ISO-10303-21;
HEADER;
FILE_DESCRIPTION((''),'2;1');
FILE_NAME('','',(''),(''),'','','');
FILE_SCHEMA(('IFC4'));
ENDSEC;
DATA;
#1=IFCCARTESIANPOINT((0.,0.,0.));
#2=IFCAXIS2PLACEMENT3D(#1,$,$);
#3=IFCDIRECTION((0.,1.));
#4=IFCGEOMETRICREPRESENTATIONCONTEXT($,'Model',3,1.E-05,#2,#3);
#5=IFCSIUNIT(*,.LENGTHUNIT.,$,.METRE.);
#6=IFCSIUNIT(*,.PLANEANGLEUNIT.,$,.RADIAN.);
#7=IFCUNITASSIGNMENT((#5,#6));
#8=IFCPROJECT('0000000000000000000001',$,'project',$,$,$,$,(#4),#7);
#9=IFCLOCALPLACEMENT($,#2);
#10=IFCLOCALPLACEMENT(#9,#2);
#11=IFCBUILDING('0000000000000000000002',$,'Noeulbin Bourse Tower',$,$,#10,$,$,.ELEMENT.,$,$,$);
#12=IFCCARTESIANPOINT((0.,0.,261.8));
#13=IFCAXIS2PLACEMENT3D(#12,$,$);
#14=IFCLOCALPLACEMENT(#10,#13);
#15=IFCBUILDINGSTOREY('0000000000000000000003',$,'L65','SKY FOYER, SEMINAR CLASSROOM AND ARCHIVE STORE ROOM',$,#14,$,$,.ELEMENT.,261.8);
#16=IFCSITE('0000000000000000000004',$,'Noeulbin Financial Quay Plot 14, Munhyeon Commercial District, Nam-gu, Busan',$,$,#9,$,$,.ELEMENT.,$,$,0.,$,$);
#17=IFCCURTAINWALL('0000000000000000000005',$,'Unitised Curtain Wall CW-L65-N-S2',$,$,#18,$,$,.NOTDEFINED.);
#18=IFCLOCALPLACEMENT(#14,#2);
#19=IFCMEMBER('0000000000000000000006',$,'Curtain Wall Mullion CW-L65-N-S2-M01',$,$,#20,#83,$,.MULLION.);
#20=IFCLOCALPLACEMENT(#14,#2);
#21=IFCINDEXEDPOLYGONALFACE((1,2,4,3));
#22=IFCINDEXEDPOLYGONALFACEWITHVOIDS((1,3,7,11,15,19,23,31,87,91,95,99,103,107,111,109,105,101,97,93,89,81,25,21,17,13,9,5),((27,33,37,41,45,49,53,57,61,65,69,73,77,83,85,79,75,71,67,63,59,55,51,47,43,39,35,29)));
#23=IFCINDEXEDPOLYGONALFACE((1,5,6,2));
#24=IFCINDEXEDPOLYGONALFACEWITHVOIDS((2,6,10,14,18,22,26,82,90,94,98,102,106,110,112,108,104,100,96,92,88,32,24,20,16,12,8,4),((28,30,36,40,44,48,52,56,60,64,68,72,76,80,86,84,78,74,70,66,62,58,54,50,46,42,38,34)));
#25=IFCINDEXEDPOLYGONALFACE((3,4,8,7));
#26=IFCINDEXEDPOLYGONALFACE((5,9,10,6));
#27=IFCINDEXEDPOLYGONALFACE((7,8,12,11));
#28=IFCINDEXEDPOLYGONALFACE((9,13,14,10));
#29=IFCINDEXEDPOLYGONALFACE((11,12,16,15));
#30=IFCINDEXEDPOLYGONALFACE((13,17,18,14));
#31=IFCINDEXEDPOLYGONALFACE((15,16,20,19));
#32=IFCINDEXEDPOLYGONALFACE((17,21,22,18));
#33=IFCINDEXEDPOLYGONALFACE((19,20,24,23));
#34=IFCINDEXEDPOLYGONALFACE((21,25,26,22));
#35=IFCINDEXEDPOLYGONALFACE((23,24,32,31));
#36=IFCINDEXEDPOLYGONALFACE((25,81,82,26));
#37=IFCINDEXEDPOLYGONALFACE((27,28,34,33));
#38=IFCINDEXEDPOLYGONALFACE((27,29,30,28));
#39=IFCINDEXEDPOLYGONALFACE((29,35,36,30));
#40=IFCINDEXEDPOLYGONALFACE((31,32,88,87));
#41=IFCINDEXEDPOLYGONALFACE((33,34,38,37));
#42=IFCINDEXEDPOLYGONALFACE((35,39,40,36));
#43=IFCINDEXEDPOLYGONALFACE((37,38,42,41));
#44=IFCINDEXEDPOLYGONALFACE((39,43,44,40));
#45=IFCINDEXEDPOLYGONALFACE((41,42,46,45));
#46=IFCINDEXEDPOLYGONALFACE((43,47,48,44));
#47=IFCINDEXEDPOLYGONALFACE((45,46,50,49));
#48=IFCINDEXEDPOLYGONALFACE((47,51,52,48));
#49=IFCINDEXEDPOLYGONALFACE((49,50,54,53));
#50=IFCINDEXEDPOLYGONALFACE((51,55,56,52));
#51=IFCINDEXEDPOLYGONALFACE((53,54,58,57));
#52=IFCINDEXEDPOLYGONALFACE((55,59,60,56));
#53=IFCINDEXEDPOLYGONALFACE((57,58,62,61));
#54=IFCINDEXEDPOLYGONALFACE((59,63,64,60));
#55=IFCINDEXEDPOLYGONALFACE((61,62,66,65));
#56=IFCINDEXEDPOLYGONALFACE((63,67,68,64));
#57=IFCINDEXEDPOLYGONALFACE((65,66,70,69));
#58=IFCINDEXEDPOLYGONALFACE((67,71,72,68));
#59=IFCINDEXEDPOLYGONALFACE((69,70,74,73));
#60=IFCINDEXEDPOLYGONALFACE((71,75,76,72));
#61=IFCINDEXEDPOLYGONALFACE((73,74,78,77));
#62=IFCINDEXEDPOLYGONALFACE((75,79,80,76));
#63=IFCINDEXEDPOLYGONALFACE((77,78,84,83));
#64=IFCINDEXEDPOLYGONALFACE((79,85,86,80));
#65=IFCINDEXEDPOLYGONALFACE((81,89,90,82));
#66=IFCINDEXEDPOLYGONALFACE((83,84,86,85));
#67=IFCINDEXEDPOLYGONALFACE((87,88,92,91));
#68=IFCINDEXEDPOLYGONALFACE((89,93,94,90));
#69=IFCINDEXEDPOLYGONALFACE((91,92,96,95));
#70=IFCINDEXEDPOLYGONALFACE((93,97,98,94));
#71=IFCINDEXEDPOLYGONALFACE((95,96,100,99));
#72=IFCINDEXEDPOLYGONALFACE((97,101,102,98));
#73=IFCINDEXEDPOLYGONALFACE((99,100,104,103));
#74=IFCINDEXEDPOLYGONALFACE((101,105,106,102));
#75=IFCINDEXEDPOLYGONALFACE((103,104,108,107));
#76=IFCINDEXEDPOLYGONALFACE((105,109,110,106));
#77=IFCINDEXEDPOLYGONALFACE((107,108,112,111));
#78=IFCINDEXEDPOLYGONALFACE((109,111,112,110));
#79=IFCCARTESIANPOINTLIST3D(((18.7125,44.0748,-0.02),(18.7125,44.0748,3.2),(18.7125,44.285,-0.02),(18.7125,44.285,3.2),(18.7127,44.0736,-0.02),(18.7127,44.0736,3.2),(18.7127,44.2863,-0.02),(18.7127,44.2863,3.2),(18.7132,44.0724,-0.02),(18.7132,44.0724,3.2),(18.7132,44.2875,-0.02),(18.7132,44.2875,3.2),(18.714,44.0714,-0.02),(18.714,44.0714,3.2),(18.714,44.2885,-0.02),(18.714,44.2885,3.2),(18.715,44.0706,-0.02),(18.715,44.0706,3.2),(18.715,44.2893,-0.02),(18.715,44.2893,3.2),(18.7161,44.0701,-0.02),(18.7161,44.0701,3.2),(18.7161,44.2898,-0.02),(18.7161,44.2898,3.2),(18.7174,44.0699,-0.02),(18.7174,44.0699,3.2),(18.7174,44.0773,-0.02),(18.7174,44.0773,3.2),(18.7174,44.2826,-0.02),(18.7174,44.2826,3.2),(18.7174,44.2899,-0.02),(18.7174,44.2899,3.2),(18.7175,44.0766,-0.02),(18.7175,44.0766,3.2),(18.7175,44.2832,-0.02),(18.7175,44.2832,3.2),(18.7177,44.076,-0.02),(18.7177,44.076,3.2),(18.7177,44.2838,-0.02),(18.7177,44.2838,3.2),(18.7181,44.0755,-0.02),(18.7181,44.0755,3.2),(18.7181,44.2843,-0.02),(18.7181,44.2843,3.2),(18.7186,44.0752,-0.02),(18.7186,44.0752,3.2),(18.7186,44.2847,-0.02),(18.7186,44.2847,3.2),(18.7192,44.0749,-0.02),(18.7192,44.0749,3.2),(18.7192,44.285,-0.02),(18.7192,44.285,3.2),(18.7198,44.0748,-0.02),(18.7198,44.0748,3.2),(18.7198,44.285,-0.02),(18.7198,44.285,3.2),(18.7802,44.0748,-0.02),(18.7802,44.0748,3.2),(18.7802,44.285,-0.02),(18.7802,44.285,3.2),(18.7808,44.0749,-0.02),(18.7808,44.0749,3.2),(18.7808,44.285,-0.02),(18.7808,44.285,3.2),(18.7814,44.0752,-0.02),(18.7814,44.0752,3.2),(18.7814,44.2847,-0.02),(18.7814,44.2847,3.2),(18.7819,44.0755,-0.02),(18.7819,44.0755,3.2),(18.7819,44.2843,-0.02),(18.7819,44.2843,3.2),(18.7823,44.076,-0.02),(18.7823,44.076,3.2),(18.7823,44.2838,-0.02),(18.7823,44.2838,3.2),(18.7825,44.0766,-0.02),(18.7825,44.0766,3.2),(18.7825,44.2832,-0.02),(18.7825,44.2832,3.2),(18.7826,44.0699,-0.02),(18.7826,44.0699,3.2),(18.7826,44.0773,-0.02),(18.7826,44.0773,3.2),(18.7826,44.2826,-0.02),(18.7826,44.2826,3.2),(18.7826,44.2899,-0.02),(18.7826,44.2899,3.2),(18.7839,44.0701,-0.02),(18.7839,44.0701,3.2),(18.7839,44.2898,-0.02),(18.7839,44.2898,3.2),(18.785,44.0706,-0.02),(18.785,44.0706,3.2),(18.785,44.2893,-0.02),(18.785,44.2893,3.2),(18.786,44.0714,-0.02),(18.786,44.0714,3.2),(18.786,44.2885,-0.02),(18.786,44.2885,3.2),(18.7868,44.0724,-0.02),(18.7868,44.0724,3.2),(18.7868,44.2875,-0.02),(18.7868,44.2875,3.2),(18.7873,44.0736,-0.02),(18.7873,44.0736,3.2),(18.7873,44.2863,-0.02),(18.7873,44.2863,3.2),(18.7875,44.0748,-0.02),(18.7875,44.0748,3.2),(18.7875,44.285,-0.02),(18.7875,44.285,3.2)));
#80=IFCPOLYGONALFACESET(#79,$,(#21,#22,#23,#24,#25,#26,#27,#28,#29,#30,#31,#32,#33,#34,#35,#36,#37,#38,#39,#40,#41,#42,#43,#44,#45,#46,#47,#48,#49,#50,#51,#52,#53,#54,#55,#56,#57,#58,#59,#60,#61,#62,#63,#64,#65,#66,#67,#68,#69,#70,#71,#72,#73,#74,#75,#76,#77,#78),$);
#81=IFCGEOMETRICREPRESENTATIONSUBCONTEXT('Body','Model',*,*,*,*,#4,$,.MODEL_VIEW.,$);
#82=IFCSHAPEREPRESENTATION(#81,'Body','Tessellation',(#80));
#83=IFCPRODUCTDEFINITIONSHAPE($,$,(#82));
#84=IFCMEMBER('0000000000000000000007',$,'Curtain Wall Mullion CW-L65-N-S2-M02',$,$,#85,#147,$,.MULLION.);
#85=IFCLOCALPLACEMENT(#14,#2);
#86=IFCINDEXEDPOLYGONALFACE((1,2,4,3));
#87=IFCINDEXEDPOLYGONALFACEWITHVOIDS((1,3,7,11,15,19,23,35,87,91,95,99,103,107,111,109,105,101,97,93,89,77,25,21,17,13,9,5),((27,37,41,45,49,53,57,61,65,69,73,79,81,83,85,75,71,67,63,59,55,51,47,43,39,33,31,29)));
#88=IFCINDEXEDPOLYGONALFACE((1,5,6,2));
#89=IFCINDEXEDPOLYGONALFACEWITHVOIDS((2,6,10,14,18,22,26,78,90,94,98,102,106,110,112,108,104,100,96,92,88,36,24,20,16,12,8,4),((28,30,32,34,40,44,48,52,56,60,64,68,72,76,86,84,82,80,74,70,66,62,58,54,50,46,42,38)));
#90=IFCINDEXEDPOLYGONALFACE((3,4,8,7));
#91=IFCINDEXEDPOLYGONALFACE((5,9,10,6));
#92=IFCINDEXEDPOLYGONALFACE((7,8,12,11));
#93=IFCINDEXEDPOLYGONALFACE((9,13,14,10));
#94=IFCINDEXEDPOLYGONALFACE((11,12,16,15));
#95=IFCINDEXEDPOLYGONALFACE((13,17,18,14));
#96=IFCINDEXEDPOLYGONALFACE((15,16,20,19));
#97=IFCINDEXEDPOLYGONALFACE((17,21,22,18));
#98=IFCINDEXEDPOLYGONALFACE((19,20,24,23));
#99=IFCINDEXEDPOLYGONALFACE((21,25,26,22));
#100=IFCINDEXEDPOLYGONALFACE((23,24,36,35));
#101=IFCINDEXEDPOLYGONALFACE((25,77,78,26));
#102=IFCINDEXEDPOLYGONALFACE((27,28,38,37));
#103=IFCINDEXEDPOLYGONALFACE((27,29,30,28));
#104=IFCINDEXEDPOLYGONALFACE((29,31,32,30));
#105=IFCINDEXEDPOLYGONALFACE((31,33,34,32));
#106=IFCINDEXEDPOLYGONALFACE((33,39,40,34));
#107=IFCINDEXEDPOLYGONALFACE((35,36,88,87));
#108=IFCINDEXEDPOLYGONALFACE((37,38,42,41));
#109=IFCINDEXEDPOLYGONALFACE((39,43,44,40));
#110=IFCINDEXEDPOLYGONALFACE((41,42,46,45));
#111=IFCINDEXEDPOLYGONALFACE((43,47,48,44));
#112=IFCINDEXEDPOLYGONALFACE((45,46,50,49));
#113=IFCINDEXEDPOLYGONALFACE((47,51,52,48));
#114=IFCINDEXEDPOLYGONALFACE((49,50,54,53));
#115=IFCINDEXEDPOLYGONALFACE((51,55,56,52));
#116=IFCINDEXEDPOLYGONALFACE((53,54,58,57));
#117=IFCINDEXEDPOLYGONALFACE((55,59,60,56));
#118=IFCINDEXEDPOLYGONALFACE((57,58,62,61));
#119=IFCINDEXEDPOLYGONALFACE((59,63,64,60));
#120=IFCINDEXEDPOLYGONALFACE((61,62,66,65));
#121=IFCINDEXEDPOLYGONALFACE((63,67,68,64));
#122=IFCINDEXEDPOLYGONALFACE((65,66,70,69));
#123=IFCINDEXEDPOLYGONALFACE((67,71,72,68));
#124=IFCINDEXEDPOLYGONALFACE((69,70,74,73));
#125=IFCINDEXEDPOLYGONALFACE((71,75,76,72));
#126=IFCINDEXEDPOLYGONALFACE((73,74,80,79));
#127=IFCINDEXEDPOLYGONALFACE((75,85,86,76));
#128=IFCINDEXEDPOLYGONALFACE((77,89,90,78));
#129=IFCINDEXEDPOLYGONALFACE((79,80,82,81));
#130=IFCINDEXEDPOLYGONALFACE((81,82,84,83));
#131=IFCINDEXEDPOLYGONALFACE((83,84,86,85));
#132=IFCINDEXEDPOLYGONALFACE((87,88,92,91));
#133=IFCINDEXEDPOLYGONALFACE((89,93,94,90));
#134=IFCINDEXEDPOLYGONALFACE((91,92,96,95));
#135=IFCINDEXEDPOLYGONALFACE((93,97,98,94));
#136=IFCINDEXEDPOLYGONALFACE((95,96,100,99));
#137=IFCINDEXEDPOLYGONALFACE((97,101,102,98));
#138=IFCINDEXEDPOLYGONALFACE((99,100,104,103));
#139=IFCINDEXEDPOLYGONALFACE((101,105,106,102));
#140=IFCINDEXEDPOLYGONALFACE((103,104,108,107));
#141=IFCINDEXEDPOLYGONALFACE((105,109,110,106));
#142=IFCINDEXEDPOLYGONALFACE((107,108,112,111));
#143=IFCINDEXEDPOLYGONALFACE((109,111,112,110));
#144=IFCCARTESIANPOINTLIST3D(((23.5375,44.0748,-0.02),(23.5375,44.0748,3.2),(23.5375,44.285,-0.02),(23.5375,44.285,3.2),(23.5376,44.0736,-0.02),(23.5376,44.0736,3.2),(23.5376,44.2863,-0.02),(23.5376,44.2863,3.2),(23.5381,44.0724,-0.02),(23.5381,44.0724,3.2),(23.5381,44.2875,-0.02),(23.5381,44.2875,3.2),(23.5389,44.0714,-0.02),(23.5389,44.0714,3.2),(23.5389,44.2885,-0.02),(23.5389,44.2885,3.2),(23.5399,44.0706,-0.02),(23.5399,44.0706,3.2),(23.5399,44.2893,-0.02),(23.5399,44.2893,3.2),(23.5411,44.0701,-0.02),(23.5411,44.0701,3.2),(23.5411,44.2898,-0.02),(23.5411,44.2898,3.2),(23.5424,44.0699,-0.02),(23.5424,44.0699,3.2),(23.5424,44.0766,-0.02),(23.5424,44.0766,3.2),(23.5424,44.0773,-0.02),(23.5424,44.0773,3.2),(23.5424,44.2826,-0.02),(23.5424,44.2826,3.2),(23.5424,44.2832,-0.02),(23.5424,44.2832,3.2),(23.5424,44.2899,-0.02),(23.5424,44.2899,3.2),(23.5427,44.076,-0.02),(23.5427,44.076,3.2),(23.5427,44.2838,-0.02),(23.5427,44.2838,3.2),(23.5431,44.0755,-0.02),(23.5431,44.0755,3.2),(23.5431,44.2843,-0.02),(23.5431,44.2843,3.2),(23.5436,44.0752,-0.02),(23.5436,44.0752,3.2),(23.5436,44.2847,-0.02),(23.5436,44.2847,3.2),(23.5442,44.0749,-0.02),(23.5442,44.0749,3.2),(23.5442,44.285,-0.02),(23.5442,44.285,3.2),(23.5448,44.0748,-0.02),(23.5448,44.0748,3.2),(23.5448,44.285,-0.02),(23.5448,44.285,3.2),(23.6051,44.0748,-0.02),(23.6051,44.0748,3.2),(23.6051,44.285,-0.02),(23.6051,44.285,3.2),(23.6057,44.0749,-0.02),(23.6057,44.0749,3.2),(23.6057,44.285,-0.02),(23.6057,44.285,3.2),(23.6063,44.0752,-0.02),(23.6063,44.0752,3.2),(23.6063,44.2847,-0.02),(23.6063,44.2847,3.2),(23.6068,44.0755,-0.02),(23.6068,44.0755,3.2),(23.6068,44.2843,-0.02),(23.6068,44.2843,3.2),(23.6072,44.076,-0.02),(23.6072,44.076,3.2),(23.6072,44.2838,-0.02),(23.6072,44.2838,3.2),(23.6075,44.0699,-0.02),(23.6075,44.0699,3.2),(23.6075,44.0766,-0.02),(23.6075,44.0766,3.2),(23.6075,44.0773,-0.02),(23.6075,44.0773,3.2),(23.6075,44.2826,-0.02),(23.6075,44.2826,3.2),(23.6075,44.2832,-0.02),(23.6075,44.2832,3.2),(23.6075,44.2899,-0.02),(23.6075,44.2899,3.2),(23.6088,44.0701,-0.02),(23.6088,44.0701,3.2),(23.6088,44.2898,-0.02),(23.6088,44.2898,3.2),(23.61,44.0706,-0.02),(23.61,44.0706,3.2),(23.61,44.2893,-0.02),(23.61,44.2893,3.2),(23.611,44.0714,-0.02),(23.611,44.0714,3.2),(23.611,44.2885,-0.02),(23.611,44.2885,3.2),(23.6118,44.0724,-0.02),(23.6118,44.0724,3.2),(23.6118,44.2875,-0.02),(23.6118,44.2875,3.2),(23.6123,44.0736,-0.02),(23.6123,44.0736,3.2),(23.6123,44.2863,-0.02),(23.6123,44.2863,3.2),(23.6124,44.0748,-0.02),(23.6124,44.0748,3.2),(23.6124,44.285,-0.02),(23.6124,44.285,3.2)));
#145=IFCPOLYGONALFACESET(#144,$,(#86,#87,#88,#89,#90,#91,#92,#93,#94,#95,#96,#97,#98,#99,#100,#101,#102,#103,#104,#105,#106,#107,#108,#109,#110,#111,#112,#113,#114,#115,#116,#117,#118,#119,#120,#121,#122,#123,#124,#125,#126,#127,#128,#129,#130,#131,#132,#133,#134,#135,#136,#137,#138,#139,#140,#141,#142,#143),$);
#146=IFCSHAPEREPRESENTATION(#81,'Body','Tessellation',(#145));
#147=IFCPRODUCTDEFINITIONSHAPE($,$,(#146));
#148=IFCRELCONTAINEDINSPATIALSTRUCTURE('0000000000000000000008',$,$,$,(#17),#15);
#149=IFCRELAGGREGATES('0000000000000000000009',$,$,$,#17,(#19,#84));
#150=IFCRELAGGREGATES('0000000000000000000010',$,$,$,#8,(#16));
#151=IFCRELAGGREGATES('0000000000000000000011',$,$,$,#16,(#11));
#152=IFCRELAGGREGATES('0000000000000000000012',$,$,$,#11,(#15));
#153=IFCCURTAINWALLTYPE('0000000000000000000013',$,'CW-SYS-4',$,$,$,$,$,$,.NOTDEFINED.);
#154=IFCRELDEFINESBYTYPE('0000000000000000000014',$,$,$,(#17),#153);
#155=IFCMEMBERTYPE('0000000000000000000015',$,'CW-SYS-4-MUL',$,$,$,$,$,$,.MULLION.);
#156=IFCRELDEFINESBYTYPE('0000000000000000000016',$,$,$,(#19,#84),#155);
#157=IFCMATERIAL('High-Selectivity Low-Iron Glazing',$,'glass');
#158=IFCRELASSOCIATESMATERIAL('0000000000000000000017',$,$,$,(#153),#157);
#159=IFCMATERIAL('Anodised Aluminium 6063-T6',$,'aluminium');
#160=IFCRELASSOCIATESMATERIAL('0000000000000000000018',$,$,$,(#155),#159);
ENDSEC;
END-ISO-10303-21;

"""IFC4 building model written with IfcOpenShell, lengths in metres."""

from ifc_helpers import new_model, si_unit, direction, frame, origin, origin_2d, place, context, subcontext, project, spatial, hollow_rectangle, extrude, material, material_profile, profile_set, type_object, element, aggregate, save


model = new_model("IFC4")

# Units and contexts
model_context = context("Model", 3, precision=1e-05, world=origin(), true_north=direction((0.0, 1.0)))
body_context = subcontext(model_context, "Body", "Model", "MODEL_VIEW")
ifc_project = project(units=[si_unit("LENGTHUNIT", "METRE"), si_unit("PLANEANGLEUNIT", "RADIAN")], contexts=[model_context])

# Site, building, storey
site_placement = place(None, origin())
site = spatial("IfcSite", under=ifc_project, at=site_placement, Name="Noeulbin Financial Quay Plot 14, Munhyeon Commercial District, Nam-gu, Busan", CompositionType="ELEMENT", RefElevation=0.0)
building_placement = place(site_placement, origin())
building = spatial("IfcBuilding", under=site, at=building_placement, Name="Noeulbin Bourse Tower", CompositionType="ELEMENT")
storey_placement = place(building_placement, frame((0.0, 0.0, 261.8)))
storey = spatial("IfcBuildingStorey", under=building, at=storey_placement, Name="L65", Description="SKY FOYER, SEMINAR CLASSROOM AND ARCHIVE STORE ROOM", CompositionType="ELEMENT", Elevation=261.8)

# Curtain wall, members
ifc_material_1 = material(Name="High-Selectivity Low-Iron Glazing", Category="glass")
curtain_wall_type = type_object("IfcCurtainWallType", Name="CW-SYS-4", PredefinedType="NOTDEFINED", material=ifc_material_1)
curtain_wall_1_placement = place(storey_placement, origin())
curtain_wall_1 = element("IfcCurtainWall", 1, at=curtain_wall_1_placement, inside=storey, type_object=curtain_wall_type, Name="Unitised Curtain Wall CW-L65-N-S2", PredefinedType="NOTDEFINED")
ifc_material_2 = material(Name="Anodised Aluminium 6063-T6", Category="aluminium")
ifc_material_profile_1 = material_profile(ifc_material_2, hollow_rectangle(XDim=0.075, YDim=0.22, WallThickness=0.0049, InnerFilletRadius=0.0024, OuterFilletRadius=0.0049, at=origin_2d()), Name="ALU-MULL-75x220x5", Category="LoadBearing")
ifc_profile_set_1 = profile_set([ifc_material_profile_1], Name="Anodised Aluminium 6063-T6")
member_type_1 = type_object("IfcMemberType", Name="CW-SYS-4-MUL", PredefinedType="MULLION", material=ifc_profile_set_1)
member_1_placement = place(storey_placement, frame((18.75, 44.1799, -0.02), z_axis=(0.0, 0.0, 1.0), x_axis=(1.0, 0.0, 0.0)))
member_1 = element("IfcMember", 2, at=member_1_placement, type_object=member_type_1, Name="Curtain Wall Mullion CW-L65-N-S2-M01", PredefinedType="MULLION", context=body_context, shape_type="SweptSolid", body=[
    extrude(hollow_rectangle(XDim=0.075, YDim=0.22, WallThickness=0.0049, InnerFilletRadius=0.0024, OuterFilletRadius=0.0049, at=origin_2d()), origin(), (0.0, 0.0, 1.0), 3.22),
])
member_2_placement = place(storey_placement, frame((23.575, 44.1799, -0.02), z_axis=(0.0, 0.0, 1.0), x_axis=(1.0, 0.0, 0.0)))
member_2 = element("IfcMember", 3, at=member_2_placement, type_object=member_type_1, Name="Curtain Wall Mullion CW-L65-N-S2-M02", PredefinedType="MULLION", context=body_context, shape_type="SweptSolid", body=[
    extrude(hollow_rectangle(XDim=0.075, YDim=0.22, WallThickness=0.0049, InnerFilletRadius=0.0024, OuterFilletRadius=0.0049, at=origin_2d()), origin(), (0.0, 0.0, 1.0), 3.22),
])

aggregate(curtain_wall_1, [member_1, member_2])

save(model, "model.ifc")
